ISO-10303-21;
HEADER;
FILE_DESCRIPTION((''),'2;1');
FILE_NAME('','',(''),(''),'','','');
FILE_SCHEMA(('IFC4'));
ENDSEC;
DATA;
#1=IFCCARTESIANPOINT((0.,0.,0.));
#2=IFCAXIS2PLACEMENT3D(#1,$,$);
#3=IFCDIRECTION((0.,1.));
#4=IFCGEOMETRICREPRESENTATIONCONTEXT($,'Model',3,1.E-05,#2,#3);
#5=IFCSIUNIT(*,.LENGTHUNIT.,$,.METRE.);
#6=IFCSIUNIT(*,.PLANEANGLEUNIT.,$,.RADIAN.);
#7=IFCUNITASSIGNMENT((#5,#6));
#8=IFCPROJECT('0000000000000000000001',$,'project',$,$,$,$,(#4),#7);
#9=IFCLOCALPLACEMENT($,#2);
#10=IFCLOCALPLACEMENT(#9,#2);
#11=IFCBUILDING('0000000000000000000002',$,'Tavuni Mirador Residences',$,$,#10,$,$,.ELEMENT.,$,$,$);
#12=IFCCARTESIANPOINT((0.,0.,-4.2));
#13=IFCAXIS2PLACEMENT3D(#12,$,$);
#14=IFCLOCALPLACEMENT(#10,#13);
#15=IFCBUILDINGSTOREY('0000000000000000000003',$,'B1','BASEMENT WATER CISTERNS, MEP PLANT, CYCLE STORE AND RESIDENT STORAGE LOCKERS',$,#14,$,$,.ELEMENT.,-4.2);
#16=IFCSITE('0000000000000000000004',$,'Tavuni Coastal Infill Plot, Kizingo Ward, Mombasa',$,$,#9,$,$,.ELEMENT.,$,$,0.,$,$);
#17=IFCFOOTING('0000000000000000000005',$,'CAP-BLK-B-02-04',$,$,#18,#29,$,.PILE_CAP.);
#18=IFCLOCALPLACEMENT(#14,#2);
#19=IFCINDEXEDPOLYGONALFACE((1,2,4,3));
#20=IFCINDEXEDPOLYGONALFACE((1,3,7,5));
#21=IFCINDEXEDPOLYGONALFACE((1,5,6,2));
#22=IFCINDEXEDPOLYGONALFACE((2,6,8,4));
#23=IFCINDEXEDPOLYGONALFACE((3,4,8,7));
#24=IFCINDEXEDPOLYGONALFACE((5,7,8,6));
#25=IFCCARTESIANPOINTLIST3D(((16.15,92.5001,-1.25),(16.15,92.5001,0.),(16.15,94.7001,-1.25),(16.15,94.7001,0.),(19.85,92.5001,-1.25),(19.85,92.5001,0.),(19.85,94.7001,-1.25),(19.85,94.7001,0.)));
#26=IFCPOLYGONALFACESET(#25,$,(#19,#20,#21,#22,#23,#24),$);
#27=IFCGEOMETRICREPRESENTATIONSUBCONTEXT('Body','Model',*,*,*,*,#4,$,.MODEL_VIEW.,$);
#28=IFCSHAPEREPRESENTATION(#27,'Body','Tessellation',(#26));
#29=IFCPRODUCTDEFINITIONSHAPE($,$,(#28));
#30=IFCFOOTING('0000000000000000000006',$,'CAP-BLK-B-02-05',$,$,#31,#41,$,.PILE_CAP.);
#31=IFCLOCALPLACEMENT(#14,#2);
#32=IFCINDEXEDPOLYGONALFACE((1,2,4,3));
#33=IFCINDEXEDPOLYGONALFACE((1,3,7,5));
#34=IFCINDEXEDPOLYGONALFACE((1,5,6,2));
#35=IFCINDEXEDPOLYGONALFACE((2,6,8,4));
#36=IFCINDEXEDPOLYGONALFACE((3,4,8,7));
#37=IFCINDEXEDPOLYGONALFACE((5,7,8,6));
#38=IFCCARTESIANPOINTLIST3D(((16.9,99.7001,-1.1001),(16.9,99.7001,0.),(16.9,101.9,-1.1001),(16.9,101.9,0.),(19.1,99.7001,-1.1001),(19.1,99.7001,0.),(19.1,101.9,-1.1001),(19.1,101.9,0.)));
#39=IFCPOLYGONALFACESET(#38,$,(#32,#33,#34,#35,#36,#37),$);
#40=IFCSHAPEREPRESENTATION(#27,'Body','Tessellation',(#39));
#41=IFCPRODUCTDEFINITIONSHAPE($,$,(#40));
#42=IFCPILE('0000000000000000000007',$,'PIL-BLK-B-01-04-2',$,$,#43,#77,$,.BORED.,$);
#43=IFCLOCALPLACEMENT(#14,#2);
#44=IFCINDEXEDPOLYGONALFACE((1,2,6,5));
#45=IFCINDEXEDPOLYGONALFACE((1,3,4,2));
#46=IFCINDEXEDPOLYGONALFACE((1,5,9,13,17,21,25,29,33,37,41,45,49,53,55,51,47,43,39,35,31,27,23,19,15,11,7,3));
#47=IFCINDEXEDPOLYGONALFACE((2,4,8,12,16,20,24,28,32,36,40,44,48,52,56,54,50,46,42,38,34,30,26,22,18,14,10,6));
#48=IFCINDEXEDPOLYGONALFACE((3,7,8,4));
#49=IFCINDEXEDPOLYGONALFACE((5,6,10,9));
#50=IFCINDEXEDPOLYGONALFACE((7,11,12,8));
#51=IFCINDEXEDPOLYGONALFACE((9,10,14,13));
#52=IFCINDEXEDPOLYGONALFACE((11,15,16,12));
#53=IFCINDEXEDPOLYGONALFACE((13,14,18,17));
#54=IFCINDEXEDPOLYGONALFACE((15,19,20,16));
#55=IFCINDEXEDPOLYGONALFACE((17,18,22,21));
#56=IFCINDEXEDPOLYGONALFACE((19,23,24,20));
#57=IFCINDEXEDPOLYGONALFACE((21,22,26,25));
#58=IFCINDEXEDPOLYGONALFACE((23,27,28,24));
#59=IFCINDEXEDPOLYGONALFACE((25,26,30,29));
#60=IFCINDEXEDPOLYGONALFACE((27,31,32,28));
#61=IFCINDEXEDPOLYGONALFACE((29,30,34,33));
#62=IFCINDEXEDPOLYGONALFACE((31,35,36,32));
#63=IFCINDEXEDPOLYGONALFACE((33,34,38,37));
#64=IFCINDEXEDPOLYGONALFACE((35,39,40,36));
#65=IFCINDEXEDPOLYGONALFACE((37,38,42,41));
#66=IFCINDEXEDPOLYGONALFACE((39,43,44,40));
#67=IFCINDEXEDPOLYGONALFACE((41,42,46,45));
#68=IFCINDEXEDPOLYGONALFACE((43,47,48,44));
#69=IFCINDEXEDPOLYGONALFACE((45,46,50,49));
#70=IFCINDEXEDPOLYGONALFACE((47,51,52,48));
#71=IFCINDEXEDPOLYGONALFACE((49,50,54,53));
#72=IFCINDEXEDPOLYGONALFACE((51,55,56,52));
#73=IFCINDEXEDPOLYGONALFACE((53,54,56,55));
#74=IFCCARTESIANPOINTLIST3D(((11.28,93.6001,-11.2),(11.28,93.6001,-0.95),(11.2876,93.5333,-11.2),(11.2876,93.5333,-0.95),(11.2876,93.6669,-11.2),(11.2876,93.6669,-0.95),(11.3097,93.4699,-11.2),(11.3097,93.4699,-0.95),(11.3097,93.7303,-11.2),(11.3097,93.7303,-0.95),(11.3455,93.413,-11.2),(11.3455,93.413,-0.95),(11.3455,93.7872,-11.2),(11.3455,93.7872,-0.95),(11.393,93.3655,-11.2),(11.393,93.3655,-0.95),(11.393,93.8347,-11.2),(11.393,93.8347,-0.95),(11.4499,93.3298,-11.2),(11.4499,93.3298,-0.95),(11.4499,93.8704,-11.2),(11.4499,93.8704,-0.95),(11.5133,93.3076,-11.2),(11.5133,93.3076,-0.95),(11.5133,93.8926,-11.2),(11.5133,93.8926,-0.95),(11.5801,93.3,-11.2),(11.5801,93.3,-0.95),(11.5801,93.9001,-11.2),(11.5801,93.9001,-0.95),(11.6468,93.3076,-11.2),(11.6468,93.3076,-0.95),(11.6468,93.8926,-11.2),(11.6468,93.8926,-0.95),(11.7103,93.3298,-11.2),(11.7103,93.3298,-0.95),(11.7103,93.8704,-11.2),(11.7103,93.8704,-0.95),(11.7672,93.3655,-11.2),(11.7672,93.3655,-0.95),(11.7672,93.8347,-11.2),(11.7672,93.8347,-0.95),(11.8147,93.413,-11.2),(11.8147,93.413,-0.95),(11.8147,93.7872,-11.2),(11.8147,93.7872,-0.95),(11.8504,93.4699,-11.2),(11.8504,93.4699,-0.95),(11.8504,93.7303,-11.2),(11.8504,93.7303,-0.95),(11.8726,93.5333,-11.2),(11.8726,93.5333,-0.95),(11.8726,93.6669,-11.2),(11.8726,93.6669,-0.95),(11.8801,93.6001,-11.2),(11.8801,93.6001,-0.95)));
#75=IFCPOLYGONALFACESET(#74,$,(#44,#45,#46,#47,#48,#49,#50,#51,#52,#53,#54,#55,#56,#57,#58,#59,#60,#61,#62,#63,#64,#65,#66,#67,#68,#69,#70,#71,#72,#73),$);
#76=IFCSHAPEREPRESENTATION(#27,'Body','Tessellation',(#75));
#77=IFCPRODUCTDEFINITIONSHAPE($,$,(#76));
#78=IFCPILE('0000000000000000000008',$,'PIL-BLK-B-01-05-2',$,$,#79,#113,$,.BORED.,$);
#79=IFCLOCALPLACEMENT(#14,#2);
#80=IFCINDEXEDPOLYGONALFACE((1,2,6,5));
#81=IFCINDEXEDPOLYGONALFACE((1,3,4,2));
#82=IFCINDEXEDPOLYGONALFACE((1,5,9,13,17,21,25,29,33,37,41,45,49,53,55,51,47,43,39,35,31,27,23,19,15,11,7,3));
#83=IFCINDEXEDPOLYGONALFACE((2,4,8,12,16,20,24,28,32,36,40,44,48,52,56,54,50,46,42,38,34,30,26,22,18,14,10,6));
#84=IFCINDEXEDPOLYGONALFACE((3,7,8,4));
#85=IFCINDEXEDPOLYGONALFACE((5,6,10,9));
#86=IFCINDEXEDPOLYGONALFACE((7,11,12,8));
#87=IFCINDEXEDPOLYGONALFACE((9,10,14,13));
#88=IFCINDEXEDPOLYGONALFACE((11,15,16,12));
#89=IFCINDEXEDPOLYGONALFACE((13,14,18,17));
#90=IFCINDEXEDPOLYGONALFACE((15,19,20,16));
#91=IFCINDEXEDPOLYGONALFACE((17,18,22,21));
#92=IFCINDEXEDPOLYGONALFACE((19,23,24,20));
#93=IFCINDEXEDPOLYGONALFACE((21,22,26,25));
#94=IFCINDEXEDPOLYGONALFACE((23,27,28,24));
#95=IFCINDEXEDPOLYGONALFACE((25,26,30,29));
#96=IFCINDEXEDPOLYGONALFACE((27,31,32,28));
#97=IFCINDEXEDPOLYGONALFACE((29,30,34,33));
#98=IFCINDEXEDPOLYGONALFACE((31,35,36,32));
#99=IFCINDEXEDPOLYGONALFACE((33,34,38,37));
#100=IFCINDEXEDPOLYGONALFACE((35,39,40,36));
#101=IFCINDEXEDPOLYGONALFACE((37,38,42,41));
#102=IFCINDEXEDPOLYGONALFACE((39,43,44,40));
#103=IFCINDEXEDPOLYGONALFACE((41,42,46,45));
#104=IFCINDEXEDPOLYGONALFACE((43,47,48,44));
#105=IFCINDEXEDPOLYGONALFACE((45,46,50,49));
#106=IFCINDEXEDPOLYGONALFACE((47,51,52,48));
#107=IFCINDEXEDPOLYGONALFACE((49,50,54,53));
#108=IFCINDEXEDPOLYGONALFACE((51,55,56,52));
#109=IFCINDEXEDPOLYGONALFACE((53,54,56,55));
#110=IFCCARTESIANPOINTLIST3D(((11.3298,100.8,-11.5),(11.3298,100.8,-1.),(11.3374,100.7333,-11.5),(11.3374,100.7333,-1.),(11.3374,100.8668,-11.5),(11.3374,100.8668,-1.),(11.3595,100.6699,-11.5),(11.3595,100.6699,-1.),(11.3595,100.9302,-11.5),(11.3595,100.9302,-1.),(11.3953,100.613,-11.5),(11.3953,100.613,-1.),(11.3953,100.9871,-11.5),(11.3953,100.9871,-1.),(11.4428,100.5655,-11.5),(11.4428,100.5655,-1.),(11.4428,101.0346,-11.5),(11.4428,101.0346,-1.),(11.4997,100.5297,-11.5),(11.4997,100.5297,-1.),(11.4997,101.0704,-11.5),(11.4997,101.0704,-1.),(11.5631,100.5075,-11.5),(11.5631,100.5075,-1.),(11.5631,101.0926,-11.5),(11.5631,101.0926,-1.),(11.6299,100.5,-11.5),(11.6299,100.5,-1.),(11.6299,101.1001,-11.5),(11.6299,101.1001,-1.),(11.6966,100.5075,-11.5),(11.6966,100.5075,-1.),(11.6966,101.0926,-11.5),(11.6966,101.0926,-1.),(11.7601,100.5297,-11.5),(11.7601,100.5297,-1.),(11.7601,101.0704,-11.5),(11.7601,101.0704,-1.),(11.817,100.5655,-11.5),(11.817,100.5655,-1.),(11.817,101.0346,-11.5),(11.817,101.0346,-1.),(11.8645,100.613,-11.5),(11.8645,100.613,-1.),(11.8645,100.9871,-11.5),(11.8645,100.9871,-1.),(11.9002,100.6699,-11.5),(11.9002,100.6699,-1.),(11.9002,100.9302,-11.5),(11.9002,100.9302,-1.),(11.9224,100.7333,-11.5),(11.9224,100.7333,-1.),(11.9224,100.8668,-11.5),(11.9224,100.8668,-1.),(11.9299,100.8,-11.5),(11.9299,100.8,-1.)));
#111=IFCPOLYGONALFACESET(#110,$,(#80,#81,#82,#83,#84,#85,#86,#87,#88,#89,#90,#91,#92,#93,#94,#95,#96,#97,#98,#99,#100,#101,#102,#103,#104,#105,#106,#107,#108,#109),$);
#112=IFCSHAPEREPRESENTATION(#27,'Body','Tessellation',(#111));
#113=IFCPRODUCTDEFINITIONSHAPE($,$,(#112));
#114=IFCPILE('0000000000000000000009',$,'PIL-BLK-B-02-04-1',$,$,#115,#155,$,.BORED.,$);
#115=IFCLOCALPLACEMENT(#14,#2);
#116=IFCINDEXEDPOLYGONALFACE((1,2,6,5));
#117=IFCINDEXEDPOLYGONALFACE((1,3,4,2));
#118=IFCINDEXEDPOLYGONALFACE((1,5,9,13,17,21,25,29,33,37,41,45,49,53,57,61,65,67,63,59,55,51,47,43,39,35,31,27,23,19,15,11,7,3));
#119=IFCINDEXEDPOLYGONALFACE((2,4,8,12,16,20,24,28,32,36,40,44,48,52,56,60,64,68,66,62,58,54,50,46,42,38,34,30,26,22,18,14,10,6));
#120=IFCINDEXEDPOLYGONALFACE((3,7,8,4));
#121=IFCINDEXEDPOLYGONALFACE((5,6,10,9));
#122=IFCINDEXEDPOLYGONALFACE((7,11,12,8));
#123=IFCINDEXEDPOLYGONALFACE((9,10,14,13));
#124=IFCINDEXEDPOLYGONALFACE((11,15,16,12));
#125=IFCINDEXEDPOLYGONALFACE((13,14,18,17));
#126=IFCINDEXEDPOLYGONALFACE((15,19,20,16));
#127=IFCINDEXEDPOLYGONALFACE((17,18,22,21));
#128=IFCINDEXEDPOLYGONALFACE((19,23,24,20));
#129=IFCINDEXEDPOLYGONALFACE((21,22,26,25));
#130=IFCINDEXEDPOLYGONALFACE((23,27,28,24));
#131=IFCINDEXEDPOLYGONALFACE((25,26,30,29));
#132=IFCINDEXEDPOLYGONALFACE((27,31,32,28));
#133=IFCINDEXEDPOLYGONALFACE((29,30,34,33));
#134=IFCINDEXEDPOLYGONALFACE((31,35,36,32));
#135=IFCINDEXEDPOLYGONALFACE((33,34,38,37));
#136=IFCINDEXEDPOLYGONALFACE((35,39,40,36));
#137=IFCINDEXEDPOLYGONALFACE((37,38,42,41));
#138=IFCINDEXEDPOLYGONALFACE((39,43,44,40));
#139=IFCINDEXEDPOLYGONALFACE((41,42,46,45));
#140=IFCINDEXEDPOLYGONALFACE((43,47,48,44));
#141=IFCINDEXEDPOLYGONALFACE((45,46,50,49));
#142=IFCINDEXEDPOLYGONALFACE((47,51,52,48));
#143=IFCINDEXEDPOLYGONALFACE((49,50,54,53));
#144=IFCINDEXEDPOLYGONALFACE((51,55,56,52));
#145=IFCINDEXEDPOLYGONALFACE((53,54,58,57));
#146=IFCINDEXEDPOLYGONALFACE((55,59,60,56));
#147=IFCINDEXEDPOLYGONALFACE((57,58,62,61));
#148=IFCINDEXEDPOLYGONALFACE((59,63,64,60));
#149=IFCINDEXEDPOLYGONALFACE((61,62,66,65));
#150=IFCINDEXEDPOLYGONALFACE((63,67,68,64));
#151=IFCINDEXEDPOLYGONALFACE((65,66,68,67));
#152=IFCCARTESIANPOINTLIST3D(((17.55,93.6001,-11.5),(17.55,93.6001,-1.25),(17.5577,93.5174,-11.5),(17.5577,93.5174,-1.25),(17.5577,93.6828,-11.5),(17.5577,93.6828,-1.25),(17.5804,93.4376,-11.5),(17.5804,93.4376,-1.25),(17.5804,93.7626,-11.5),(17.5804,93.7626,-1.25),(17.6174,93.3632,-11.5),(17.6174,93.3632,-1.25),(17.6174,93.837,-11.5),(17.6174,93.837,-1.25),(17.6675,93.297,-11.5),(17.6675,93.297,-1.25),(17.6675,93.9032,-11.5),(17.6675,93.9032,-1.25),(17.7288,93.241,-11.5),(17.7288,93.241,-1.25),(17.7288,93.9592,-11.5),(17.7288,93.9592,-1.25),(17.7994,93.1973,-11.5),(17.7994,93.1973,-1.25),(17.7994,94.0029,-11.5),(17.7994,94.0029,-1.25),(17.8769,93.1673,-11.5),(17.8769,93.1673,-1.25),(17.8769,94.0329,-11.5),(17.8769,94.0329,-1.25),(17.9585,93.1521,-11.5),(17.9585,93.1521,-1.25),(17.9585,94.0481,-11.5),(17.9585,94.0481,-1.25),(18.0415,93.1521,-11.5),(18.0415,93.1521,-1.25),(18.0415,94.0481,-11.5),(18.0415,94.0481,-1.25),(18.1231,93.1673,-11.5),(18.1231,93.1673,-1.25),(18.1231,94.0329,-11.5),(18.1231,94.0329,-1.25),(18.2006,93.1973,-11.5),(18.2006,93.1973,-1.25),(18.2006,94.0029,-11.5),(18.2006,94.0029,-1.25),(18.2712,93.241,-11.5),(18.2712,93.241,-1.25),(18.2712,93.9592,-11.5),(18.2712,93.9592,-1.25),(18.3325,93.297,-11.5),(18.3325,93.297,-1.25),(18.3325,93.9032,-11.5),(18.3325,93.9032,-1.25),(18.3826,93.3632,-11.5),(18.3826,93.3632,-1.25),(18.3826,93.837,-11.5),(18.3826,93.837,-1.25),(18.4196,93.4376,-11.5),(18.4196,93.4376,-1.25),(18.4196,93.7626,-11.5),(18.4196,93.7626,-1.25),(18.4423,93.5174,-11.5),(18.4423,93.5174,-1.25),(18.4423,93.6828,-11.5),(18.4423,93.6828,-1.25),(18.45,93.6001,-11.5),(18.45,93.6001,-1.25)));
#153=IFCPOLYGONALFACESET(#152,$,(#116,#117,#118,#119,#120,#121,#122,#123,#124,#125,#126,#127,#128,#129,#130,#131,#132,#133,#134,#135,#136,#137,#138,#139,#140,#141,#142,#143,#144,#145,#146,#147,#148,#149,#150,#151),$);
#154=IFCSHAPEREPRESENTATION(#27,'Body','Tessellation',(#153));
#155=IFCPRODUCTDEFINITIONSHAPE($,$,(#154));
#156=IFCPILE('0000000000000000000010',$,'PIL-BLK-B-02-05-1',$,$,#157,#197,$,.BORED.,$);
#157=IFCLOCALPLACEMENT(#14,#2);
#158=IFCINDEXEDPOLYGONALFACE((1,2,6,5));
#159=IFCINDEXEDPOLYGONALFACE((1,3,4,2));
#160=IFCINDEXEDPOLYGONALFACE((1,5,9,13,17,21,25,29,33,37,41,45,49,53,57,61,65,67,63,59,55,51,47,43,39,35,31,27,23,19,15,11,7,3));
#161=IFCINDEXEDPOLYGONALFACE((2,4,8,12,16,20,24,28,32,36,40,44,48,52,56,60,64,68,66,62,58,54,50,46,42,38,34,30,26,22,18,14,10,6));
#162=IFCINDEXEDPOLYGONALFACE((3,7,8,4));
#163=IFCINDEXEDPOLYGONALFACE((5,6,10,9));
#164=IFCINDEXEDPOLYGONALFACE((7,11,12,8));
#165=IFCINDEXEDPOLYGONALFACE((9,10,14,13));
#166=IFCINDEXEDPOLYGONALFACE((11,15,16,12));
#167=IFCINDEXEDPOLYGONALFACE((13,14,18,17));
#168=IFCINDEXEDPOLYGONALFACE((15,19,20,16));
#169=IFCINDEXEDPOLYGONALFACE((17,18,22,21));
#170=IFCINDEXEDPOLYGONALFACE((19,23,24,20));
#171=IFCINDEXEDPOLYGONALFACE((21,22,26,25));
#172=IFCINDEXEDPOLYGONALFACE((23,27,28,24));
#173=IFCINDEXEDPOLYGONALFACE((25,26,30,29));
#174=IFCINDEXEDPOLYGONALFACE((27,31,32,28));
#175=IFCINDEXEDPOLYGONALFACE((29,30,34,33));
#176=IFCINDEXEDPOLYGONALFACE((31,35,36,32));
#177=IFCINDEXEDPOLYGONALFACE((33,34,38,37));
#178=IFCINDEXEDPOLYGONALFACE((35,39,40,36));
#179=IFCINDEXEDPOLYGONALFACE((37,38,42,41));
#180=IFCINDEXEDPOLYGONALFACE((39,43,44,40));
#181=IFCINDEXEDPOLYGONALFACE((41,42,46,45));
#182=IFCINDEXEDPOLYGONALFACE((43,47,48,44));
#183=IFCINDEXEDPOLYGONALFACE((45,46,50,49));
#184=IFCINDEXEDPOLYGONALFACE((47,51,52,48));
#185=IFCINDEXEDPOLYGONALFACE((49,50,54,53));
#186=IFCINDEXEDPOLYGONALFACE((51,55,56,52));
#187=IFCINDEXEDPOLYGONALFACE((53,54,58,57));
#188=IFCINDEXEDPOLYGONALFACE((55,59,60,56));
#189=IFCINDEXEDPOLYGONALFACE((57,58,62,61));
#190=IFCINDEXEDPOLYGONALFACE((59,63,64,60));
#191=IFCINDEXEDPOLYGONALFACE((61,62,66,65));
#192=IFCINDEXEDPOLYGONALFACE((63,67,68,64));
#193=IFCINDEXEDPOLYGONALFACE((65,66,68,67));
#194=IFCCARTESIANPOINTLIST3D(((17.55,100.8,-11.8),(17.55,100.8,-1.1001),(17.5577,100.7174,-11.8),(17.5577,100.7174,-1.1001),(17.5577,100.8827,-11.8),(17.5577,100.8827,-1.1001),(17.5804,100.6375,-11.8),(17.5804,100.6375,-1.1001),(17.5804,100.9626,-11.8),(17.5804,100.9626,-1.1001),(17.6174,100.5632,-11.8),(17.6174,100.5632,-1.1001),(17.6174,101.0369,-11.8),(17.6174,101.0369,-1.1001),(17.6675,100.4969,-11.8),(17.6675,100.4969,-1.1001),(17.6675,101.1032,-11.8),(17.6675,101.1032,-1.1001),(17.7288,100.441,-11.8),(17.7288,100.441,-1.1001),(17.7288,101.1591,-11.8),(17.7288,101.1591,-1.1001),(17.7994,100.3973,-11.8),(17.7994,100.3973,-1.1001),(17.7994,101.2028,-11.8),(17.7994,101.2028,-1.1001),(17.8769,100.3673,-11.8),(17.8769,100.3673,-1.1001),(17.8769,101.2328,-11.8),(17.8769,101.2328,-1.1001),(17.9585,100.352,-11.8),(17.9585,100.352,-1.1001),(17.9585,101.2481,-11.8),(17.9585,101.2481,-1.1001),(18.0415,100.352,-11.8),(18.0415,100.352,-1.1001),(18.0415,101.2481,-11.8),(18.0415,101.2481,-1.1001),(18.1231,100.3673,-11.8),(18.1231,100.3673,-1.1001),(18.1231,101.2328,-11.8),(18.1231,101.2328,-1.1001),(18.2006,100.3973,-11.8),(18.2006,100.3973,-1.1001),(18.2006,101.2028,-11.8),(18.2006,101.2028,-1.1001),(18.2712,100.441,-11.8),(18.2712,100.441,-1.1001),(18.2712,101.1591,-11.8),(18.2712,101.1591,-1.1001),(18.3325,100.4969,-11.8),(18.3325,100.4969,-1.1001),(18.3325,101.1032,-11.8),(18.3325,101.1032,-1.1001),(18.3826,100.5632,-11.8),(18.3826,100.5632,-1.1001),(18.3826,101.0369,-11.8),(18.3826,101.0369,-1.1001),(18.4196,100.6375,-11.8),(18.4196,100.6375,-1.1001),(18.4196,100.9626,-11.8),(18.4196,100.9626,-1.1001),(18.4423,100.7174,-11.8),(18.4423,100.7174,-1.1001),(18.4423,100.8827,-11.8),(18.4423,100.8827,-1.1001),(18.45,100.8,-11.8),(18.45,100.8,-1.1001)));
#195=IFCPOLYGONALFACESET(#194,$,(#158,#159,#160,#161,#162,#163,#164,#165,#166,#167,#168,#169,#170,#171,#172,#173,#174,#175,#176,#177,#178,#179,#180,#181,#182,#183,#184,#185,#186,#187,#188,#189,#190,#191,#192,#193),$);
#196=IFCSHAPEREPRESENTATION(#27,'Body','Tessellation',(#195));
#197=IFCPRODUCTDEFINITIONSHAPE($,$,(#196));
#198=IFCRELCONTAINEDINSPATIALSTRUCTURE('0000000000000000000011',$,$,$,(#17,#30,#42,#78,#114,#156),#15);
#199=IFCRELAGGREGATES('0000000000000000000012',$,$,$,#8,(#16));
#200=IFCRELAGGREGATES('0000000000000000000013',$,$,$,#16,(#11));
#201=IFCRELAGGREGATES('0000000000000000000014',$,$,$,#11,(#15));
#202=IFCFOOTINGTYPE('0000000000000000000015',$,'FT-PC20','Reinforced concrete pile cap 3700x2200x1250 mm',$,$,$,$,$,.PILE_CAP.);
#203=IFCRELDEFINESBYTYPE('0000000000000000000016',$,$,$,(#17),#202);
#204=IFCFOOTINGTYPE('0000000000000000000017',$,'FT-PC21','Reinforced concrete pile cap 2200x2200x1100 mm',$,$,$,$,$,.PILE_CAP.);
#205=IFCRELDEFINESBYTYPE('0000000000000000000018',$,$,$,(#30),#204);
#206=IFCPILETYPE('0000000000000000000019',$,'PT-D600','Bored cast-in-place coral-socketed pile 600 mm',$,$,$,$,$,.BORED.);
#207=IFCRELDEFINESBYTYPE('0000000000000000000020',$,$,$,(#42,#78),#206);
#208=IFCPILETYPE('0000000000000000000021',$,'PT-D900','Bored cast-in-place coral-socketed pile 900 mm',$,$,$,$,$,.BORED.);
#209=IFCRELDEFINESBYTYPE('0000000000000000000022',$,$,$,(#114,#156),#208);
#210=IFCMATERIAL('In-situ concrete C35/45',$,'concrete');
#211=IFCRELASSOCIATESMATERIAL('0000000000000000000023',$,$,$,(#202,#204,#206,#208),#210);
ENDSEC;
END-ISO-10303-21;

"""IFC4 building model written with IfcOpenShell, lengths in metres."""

from ifc_helpers import new_model, si_unit, direction, frame, origin, origin_2d, place, context, subcontext, project, spatial, rectangle, circle, extrude, material, material_profile, profile_set, type_object, element, save


model = new_model("IFC4")

# Units and contexts
model_context = context("Model", 3, precision=1e-05, world=origin(), true_north=direction((0.0, 1.0)))
body_context = subcontext(model_context, "Body", "Model", "MODEL_VIEW")
ifc_project = project(units=[si_unit("LENGTHUNIT", "METRE"), si_unit("PLANEANGLEUNIT", "RADIAN")], contexts=[model_context])

# Site, building, storey
site_placement = place(None, origin())
site = spatial("IfcSite", under=ifc_project, at=site_placement, Name="Tavuni Coastal Infill Plot, Kizingo Ward, Mombasa", CompositionType="ELEMENT", RefElevation=0.0)
building_placement = place(site_placement, origin())
building = spatial("IfcBuilding", under=site, at=building_placement, Name="Tavuni Mirador Residences", CompositionType="ELEMENT")
storey_placement = place(building_placement, frame((0.0, 0.0, -4.2)))
storey = spatial("IfcBuildingStorey", under=building, at=storey_placement, Name="B1", Description="BASEMENT WATER CISTERNS, MEP PLANT, CYCLE STORE AND RESIDENT STORAGE LOCKERS", CompositionType="ELEMENT", Elevation=-4.2)

# Footings
ifc_material_1 = material(Name="In-situ concrete C35/45", Category="concrete")
footing_type_1 = type_object("IfcFootingType", Name="FT-PC20", Description="Reinforced concrete pile cap 3700x2200x1250 mm", PredefinedType="PILE_CAP", material=ifc_material_1)
footing_1_placement = place(storey_placement, frame((18.0, 93.6001, -1.25), z_axis=(0.0, 0.0, 1.0), x_axis=(1.0, 0.0, 0.0)))
element("IfcFooting", 1, at=footing_1_placement, inside=storey, type_object=footing_type_1, Name="CAP-BLK-B-02-04", PredefinedType="PILE_CAP", context=body_context, shape_type="SweptSolid", body=[
    extrude(rectangle(XDim=3.7, YDim=2.2, at=origin_2d()), origin(), (0.0, 0.0, 1.0), 1.25),
])
footing_type_2 = type_object("IfcFootingType", Name="FT-PC21", Description="Reinforced concrete pile cap 2200x2200x1100 mm", PredefinedType="PILE_CAP", material=ifc_material_1)
footing_2_placement = place(storey_placement, frame((18.0, 100.8, -1.1001), z_axis=(0.0, 0.0, 1.0), x_axis=(1.0, 0.0, 0.0)))
element("IfcFooting", 2, at=footing_2_placement, inside=storey, type_object=footing_type_2, Name="CAP-BLK-B-02-05", PredefinedType="PILE_CAP", context=body_context, shape_type="SweptSolid", body=[
    extrude(rectangle(XDim=2.2, YDim=2.2, at=origin_2d()), origin(), (0.0, 0.0, 1.0), 1.1001),
])

# Piles
ifc_material_profile_1 = material_profile(ifc_material_1, circle(Radius=0.3, at=origin_2d()), Name="PILE D600", Category="concrete")
ifc_profile_set_1 = profile_set([ifc_material_profile_1], Name="In-situ concrete C35/45")
pile_type_1 = type_object("IfcPileType", Name="PT-D600", Description="Bored cast-in-place coral-socketed pile 600 mm", PredefinedType="BORED", material=ifc_profile_set_1)
pile_1_placement = place(storey_placement, frame((11.5801, 93.6001, -0.95), z_axis=(0.0, 0.0, -1.0), x_axis=(1.0, 0.0, 0.0)))
element("IfcPile", 3, at=pile_1_placement, inside=storey, type_object=pile_type_1, Name="PIL-BLK-B-01-04-2", PredefinedType="BORED", context=body_context, shape_type="SweptSolid", body=[
    extrude(circle(Radius=0.3, at=origin_2d()), origin(), (0.0, 0.0, 1.0), 10.25),
])
pile_2_placement = place(storey_placement, frame((11.6299, 100.8, -1.0), z_axis=(0.0, 0.0, -1.0), x_axis=(1.0, 0.0, 0.0)))
element("IfcPile", 4, at=pile_2_placement, inside=storey, type_object=pile_type_1, Name="PIL-BLK-B-01-05-2", PredefinedType="BORED", context=body_context, shape_type="SweptSolid", body=[
    extrude(circle(Radius=0.3, at=origin_2d()), origin(), (0.0, 0.0, 1.0), 10.5),
])
ifc_material_profile_2 = material_profile(ifc_material_1, circle(Radius=0.45, at=origin_2d()), Name="PILE D900", Category="concrete")
ifc_profile_set_2 = profile_set([ifc_material_profile_2], Name="In-situ concrete C35/45")
pile_type_2 = type_object("IfcPileType", Name="PT-D900", Description="Bored cast-in-place coral-socketed pile 900 mm", PredefinedType="BORED", material=ifc_profile_set_2)
pile_3_placement = place(storey_placement, frame((18.0, 93.6001, -1.25), z_axis=(0.0, 0.0, -1.0), x_axis=(1.0, 0.0, 0.0)))
element("IfcPile", 5, at=pile_3_placement, inside=storey, type_object=pile_type_2, Name="PIL-BLK-B-02-04-1", PredefinedType="BORED", context=body_context, shape_type="SweptSolid", body=[
    extrude(circle(Radius=0.45, at=origin_2d()), origin(), (0.0, 0.0, 1.0), 10.25),
])
pile_4_placement = place(storey_placement, frame((18.0, 100.8, -1.1001), z_axis=(0.0, 0.0, -1.0), x_axis=(1.0, 0.0, 0.0)))
element("IfcPile", 6, at=pile_4_placement, inside=storey, type_object=pile_type_2, Name="PIL-BLK-B-02-05-1", PredefinedType="BORED", context=body_context, shape_type="SweptSolid", body=[
    extrude(circle(Radius=0.45, at=origin_2d()), origin(), (0.0, 0.0, 1.0), 10.7),
])

save(model, "model.ifc")
